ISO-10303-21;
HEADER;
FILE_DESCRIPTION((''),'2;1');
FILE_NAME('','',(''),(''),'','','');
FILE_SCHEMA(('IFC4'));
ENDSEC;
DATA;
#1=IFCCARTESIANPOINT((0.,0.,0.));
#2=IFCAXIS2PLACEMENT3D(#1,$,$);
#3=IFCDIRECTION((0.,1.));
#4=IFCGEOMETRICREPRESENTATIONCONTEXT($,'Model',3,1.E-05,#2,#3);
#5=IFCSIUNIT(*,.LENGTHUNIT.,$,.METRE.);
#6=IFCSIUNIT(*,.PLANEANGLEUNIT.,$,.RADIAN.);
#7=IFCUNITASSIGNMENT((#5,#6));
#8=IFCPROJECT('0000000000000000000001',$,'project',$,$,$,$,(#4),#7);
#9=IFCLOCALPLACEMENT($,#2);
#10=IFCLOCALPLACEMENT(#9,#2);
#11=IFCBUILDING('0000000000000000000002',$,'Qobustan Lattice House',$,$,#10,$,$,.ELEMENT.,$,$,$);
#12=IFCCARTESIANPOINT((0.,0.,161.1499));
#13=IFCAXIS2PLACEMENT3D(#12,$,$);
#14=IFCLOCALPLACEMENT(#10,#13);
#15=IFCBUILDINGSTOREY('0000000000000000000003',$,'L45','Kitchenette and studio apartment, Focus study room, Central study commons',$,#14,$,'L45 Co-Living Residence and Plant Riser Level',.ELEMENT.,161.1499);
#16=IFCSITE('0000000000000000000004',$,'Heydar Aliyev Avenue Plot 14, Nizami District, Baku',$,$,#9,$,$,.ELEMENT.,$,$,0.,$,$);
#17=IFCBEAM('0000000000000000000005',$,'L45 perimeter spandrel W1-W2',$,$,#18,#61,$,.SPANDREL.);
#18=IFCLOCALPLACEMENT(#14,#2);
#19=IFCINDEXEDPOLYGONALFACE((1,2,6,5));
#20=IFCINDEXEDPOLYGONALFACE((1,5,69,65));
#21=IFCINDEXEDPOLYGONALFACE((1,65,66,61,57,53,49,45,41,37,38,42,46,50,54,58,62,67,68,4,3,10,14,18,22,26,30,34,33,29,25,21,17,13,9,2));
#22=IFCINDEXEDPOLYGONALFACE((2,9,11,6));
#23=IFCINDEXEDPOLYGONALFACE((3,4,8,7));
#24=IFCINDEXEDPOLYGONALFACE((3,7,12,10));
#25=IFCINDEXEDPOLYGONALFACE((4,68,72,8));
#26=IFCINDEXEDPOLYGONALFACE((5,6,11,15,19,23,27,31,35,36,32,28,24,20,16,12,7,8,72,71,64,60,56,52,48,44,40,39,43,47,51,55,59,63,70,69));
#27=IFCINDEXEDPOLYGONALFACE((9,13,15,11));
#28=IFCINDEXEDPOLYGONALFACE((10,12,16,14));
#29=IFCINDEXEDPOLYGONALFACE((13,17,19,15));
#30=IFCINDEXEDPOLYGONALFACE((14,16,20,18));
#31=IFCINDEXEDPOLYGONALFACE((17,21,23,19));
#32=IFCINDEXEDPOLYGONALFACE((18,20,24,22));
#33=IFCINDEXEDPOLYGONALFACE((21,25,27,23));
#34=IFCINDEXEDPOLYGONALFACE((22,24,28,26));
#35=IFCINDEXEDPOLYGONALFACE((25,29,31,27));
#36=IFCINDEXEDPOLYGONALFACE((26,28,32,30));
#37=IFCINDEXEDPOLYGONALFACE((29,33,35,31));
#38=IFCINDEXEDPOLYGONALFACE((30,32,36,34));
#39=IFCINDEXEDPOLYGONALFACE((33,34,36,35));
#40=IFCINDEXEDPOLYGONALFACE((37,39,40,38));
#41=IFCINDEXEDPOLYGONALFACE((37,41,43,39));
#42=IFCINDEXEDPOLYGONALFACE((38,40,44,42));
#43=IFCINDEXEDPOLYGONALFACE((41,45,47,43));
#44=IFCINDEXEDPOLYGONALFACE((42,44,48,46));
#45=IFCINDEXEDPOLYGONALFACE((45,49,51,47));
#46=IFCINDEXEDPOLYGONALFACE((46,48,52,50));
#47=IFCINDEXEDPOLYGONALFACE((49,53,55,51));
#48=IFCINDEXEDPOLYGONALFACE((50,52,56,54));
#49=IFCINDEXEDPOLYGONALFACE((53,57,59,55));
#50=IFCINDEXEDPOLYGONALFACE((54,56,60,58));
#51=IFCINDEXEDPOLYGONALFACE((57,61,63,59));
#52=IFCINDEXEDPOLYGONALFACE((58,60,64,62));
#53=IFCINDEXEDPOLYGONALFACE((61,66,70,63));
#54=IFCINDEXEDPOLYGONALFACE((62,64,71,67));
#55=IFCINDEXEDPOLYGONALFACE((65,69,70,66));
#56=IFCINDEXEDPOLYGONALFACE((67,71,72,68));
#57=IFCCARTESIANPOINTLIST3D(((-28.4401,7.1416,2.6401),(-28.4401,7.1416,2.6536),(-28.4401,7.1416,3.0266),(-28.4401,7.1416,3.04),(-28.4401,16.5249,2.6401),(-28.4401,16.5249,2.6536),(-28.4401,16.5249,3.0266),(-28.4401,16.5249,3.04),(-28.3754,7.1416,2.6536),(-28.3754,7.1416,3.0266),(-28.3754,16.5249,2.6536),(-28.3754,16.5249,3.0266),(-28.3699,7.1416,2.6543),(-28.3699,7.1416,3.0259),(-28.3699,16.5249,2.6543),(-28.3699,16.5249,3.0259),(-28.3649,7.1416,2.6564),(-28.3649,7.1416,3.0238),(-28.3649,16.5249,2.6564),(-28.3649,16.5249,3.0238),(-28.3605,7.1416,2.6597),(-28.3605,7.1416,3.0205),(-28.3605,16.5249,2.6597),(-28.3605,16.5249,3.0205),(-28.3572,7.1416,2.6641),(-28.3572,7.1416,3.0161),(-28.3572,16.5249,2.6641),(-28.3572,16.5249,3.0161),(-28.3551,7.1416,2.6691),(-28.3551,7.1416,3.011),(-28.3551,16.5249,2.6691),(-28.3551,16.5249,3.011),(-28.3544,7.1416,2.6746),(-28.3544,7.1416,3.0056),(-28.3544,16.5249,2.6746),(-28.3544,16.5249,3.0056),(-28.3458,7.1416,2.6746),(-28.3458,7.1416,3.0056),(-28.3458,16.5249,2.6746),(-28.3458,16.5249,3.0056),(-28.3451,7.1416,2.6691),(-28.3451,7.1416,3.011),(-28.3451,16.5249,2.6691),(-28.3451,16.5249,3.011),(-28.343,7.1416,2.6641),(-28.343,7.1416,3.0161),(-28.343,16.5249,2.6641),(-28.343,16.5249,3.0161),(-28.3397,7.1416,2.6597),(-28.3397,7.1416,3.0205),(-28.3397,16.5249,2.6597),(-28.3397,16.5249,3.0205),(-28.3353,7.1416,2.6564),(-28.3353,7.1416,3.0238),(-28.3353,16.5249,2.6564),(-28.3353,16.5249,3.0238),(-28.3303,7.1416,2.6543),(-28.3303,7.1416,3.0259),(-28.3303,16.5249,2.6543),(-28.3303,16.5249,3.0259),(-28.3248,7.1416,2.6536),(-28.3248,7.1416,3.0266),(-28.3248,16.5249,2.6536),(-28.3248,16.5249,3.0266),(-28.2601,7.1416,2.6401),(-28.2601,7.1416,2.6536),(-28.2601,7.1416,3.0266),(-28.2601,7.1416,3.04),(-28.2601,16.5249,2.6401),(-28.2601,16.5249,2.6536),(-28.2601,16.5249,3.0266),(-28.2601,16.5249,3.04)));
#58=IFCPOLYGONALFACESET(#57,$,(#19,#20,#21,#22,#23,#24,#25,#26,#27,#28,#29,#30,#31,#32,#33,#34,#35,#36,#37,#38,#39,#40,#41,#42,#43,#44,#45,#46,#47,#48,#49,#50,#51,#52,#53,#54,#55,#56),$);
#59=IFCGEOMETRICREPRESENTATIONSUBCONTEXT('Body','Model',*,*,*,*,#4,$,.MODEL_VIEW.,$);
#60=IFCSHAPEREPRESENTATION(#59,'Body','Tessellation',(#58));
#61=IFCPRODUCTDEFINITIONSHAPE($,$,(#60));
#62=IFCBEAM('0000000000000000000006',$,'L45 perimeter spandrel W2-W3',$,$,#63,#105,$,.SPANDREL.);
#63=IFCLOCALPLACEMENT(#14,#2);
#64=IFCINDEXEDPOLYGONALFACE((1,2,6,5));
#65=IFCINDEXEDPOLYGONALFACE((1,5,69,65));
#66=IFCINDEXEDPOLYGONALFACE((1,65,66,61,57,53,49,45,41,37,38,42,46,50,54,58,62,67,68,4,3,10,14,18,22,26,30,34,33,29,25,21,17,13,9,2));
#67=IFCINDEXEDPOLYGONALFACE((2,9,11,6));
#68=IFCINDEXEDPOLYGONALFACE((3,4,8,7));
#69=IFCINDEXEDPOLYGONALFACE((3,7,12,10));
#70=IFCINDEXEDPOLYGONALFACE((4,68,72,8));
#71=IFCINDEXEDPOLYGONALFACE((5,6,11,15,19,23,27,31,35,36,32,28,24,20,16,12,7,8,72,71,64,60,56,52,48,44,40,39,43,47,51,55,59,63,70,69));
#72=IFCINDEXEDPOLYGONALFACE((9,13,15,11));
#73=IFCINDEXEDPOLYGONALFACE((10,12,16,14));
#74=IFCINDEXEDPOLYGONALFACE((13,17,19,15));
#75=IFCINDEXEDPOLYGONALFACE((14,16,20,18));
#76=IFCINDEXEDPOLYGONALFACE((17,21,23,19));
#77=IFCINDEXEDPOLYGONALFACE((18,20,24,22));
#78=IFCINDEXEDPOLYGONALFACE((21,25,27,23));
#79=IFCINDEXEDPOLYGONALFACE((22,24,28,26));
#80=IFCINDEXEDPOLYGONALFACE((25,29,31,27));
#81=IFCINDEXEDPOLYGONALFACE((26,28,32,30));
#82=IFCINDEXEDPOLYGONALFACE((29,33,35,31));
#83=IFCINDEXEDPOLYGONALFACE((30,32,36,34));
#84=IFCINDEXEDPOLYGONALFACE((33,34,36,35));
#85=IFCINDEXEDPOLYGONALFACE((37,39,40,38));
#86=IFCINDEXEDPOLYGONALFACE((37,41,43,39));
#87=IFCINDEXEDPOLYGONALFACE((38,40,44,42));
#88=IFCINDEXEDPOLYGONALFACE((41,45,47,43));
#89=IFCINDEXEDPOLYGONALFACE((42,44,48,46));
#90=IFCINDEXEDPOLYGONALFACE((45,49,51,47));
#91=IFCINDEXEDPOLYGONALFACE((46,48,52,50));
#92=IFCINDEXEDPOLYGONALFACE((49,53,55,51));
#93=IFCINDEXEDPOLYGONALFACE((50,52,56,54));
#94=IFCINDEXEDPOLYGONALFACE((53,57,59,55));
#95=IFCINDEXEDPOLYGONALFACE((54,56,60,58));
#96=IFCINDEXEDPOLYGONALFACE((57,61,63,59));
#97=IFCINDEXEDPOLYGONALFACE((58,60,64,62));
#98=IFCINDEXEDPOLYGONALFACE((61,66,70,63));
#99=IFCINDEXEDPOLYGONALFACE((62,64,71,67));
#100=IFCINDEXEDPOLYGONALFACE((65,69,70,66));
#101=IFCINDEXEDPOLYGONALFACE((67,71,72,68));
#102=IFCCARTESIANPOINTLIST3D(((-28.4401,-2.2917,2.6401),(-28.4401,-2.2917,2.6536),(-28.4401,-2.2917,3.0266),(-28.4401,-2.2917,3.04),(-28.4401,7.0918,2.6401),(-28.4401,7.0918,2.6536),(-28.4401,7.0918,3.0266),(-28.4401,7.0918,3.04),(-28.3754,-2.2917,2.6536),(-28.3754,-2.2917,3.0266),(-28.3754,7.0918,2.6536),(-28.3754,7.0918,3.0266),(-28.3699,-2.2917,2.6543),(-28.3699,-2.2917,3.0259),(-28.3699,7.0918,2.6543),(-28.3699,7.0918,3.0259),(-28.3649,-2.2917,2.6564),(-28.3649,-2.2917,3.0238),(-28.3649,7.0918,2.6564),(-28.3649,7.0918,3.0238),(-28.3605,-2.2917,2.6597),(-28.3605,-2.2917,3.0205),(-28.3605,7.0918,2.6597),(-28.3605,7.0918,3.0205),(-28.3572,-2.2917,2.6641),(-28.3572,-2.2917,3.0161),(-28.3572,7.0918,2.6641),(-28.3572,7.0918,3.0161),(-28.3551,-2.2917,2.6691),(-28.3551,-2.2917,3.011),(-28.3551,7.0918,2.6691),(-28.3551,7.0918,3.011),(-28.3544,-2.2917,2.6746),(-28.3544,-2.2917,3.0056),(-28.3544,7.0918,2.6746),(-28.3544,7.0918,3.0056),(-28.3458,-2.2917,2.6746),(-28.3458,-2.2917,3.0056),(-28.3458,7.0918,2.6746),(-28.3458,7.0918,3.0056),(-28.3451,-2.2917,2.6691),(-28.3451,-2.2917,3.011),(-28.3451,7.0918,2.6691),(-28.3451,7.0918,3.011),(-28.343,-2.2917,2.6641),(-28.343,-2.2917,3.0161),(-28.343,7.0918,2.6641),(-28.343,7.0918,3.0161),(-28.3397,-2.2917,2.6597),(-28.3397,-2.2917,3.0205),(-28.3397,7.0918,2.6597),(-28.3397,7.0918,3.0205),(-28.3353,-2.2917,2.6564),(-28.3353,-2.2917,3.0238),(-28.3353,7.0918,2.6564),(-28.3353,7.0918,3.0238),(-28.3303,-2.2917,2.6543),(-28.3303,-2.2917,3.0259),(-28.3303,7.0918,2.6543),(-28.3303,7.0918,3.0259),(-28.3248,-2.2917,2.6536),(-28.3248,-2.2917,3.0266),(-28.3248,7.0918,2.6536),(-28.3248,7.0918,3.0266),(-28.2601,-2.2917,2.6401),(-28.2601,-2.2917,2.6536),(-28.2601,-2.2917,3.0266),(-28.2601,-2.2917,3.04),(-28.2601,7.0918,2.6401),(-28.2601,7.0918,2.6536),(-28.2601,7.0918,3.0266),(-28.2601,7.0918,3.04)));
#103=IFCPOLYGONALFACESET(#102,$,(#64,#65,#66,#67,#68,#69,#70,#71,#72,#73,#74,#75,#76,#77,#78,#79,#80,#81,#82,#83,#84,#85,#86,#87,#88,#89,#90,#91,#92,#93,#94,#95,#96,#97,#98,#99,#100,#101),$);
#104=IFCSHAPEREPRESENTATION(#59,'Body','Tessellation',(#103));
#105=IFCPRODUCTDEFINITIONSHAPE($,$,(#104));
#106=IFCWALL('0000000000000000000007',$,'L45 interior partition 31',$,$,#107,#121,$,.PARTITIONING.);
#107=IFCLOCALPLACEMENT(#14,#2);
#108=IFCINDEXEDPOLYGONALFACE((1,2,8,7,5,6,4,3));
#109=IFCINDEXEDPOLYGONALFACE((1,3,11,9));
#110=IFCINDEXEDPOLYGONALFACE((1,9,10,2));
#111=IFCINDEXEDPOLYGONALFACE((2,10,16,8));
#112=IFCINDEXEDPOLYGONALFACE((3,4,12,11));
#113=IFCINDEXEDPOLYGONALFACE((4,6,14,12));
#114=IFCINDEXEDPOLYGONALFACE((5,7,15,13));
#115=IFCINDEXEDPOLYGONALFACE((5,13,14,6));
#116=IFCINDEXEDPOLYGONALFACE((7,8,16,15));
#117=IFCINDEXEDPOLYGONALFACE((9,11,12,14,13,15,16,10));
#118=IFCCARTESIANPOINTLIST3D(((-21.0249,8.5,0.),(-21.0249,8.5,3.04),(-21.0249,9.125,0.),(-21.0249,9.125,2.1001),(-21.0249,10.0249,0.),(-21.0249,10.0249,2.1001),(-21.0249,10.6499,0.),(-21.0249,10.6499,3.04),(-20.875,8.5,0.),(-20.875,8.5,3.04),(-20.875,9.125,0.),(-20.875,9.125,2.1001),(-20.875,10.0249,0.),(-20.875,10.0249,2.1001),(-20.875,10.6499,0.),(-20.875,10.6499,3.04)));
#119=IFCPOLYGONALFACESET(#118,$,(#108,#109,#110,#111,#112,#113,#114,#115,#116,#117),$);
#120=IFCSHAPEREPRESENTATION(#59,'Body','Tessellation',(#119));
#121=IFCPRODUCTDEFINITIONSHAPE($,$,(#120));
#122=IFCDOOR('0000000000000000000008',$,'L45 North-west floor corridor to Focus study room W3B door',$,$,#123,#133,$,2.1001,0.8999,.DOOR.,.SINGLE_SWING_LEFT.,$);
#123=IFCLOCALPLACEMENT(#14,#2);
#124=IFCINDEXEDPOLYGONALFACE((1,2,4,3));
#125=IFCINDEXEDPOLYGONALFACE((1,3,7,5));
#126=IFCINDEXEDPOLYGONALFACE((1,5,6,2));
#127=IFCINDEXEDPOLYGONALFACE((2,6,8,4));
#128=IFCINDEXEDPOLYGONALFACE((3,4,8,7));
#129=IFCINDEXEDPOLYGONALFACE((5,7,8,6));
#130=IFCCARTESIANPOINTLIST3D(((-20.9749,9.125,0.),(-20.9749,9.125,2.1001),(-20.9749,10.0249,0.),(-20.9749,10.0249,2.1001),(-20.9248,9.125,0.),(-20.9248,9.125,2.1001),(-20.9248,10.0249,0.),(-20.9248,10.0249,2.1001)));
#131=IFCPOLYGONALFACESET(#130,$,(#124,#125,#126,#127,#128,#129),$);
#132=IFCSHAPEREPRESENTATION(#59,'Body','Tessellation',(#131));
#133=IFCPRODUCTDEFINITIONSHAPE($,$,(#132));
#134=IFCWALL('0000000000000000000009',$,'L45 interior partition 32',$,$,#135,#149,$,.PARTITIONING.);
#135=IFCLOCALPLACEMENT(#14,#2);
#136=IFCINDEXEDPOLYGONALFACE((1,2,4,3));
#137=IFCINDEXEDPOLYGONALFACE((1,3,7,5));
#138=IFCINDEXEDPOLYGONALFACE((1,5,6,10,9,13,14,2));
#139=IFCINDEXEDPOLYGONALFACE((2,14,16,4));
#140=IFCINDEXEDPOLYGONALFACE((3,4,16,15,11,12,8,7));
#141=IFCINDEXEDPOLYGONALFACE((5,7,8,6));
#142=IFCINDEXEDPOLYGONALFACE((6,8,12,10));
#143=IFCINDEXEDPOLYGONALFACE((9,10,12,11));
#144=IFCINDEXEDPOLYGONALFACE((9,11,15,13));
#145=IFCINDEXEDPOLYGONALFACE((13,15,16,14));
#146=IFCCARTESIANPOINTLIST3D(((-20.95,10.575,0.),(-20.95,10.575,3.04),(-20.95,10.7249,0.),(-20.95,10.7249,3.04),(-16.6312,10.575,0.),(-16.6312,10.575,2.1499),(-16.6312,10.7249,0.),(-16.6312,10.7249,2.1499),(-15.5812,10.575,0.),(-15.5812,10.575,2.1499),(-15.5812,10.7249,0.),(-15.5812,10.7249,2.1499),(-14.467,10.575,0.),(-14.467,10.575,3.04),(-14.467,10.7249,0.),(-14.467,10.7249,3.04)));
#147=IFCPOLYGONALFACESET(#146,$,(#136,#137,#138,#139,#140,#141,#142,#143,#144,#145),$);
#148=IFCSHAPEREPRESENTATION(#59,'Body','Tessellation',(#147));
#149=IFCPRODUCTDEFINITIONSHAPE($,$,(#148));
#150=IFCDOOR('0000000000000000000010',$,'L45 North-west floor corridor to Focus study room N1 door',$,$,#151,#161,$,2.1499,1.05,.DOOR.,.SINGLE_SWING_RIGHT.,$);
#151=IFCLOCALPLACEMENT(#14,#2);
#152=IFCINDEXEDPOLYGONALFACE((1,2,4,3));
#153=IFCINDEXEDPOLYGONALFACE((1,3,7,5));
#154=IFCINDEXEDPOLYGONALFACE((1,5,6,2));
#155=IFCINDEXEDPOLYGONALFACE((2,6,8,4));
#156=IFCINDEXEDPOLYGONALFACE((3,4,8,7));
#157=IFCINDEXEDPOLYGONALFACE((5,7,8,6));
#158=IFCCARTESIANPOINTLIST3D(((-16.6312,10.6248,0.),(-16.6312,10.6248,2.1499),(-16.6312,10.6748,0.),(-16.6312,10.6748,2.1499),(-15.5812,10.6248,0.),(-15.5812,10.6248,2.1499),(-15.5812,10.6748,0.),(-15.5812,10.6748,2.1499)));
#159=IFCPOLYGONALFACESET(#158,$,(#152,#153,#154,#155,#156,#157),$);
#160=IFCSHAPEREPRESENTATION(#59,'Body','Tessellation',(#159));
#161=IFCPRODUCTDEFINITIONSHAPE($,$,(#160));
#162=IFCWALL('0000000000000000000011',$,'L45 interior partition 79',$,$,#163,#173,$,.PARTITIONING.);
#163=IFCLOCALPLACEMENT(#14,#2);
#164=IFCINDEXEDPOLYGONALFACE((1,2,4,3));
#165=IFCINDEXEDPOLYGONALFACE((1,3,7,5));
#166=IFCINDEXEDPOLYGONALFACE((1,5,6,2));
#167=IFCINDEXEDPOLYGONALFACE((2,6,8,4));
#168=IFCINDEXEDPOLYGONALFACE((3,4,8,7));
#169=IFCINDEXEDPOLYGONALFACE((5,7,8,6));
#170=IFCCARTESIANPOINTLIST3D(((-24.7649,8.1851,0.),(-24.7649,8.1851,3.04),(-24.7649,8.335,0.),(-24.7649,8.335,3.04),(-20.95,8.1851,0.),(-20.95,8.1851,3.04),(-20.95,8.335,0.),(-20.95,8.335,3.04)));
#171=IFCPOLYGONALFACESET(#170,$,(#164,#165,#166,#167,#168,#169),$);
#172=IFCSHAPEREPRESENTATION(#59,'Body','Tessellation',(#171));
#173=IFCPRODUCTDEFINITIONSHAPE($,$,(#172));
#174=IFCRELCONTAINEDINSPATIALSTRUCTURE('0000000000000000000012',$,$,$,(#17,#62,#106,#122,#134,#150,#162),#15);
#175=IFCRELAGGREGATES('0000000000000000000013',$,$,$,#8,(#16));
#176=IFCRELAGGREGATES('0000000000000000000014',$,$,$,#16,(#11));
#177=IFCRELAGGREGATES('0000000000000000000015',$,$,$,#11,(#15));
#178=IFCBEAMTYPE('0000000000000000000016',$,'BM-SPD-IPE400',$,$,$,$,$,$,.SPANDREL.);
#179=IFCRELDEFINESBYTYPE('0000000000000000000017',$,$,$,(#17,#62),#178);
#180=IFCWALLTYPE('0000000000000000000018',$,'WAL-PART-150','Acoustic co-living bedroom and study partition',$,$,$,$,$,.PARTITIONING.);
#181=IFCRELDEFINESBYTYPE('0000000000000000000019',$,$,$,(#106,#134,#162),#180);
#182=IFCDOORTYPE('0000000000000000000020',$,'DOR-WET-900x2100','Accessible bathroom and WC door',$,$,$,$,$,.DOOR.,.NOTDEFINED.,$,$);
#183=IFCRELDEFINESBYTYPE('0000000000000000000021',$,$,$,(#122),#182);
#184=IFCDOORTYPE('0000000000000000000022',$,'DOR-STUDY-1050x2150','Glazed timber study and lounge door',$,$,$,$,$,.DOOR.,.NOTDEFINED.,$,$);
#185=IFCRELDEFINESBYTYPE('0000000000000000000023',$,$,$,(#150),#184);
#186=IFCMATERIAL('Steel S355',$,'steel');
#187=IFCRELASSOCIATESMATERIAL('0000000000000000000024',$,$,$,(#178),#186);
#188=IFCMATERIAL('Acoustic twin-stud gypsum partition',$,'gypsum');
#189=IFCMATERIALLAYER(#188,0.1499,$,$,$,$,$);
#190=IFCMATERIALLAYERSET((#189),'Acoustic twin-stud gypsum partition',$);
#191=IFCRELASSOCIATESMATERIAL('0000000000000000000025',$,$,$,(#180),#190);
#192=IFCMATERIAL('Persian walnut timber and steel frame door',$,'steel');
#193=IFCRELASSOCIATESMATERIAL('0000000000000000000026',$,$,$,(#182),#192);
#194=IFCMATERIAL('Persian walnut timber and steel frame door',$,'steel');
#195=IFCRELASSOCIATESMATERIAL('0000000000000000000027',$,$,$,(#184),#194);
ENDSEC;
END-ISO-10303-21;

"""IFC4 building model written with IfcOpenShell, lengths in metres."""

from ifc_helpers import new_model, si_unit, direction, frame, frame_2d, origin, origin_2d, place, context, subcontext, project, spatial, rectangle, i_section, extrude, material, layer, layer_set, material_profile, profile_set, type_object, element, fill, save


model = new_model("IFC4")

# Units and contexts
model_context = context("Model", 3, precision=1e-05, world=origin(), true_north=direction((0.0, 1.0)))
body_context = subcontext(model_context, "Body", "Model", "MODEL_VIEW")
ifc_project = project(units=[si_unit("LENGTHUNIT", "METRE"), si_unit("PLANEANGLEUNIT", "RADIAN")], contexts=[model_context])

# Site, building, storey
site_placement = place(None, origin())
site = spatial("IfcSite", under=ifc_project, at=site_placement, Name="Heydar Aliyev Avenue Plot 14, Nizami District, Baku", CompositionType="ELEMENT", RefElevation=0.0)
building_placement = place(site_placement, origin())
building = spatial("IfcBuilding", under=site, at=building_placement, Name="Qobustan Lattice House", CompositionType="ELEMENT")
storey_placement = place(building_placement, frame((0.0, 0.0, 161.1499)))
storey = spatial("IfcBuildingStorey", under=building, at=storey_placement, Name="L45", Description="Kitchenette and studio apartment, Focus study room, Central study commons", LongName="L45 Co-Living Residence and Plant Riser Level", CompositionType="ELEMENT", Elevation=161.1499)

# Beams
ifc_material_1 = material(Name="Steel S355", Category="steel")
ifc_material_profile_1 = material_profile(ifc_material_1, i_section(OverallWidth=0.1799, OverallDepth=0.3999, WebThickness=0.0085, FlangeThickness=0.0134, FilletRadius=0.021, at=origin_2d()), Name="IPE400")
ifc_profile_set_1 = profile_set([ifc_material_profile_1], Name="Steel S355")
beam_type_1 = type_object("IfcBeamType", Name="BM-SPD-IPE400", PredefinedType="SPANDREL", material=ifc_profile_set_1)
beam_1_placement = place(storey_placement, frame((-28.3501, 16.5249, 2.8401), z_axis=(0.0, -1.0, 0.0), x_axis=(1.0, 0.0, 0.0)))
element("IfcBeam", 1, at=beam_1_placement, inside=storey, type_object=beam_type_1, Name="L45 perimeter spandrel W1-W2", PredefinedType="SPANDREL", context=body_context, shape_type="SweptSolid", body=[
    extrude(i_section(OverallWidth=0.1799, OverallDepth=0.3999, WebThickness=0.0085, FlangeThickness=0.0134, FilletRadius=0.021, at=origin_2d()), origin(), (0.0, 0.0, 1.0), 9.3833),
])
beam_2_placement = place(storey_placement, frame((-28.3501, 7.0918, 2.8401), z_axis=(0.0, -1.0, 0.0), x_axis=(1.0, 0.0, 0.0)))
element("IfcBeam", 2, at=beam_2_placement, inside=storey, type_object=beam_type_1, Name="L45 perimeter spandrel W2-W3", PredefinedType="SPANDREL", context=body_context, shape_type="SweptSolid", body=[
    extrude(i_section(OverallWidth=0.1799, OverallDepth=0.3999, WebThickness=0.0085, FlangeThickness=0.0134, FilletRadius=0.021, at=origin_2d()), origin(), (0.0, 0.0, 1.0), 9.3835),
])

# Walls, openings, doors
ifc_material_2 = material(Name="Acoustic twin-stud gypsum partition", Category="gypsum")
ifc_layer_1 = layer(ifc_material_2, 0.1499)
ifc_layer_set_1 = layer_set([ifc_layer_1], Name="Acoustic twin-stud gypsum partition")
wall_type_1 = type_object("IfcWallType", Name="WAL-PART-150", Description="Acoustic co-living bedroom and study partition", PredefinedType="PARTITIONING", material=ifc_layer_set_1)
wall_1_placement = place(storey_placement, frame((-20.95, 8.5, 0.0), z_axis=(0.0, 0.0, 1.0), x_axis=(0.0, 1.0, 0.0)))
wall_1 = element("IfcWall", 3, at=wall_1_placement, inside=storey, type_object=wall_type_1, Name="L45 interior partition 31", PredefinedType="PARTITIONING", context=body_context, shape_type="SweptSolid", body=[
    extrude(rectangle(XDim=2.1499, YDim=0.1499, at=frame_2d((1.075, 0.0))), origin(), (0.0, 0.0, 1.0), 3.04),
])
opening_1_placement = place(wall_1_placement, frame((0.625, 0.0, 0.0)))
opening_1 = element("IfcOpeningElement", 4, at=opening_1_placement, cuts=wall_1, PredefinedType="OPENING", context=body_context, shape_type="SweptSolid", body=[
    extrude(rectangle(XDim=0.8999, YDim=2.1001, at=frame_2d((0.45, 1.05))), frame((0.0, 0.085, 0.0), z_axis=(0.0, -1.0, 0.0), x_axis=(1.0, 0.0, 0.0)), (0.0, 0.0, 1.0), 0.1699),
])
ifc_material_3 = material(Name="Persian walnut timber and steel frame door", Category="steel")
door_type_1 = type_object("IfcDoorType", Name="DOR-WET-900x2100", Description="Accessible bathroom and WC door", OperationType="NOTDEFINED", PredefinedType="DOOR", material=ifc_material_3)
door_1_placement = place(opening_1_placement, origin())
door_1 = element("IfcDoor", 5, at=door_1_placement, inside=storey, type_object=door_type_1, Name="L45 North-west floor corridor to Focus study room W3B door", OperationType="SINGLE_SWING_LEFT", OverallHeight=2.1001, OverallWidth=0.8999, PredefinedType="DOOR", context=body_context, shape_type="SweptSolid", body=[
    extrude(rectangle(XDim=0.8999, YDim=2.1001, at=frame_2d((0.45, 1.05))), frame((0.0, 0.0249, 0.0), z_axis=(0.0, -1.0, 0.0), x_axis=(1.0, 0.0, 0.0)), (0.0, 0.0, 1.0), 0.05),
])
fill(opening_1, door_1)
wall_2_placement = place(storey_placement, frame((-20.95, 10.6499, 0.0), z_axis=(0.0, 0.0, 1.0), x_axis=(1.0, 0.0, 0.0)))
wall_2 = element("IfcWall", 6, at=wall_2_placement, inside=storey, type_object=wall_type_1, Name="L45 interior partition 32", PredefinedType="PARTITIONING", context=body_context, shape_type="SweptSolid", body=[
    extrude(rectangle(XDim=6.4829, YDim=0.1499, at=frame_2d((3.2415, 0.0))), origin(), (0.0, 0.0, 1.0), 3.04),
])
opening_2_placement = place(wall_2_placement, frame((4.3188, 0.0, 0.0)))
opening_2 = element("IfcOpeningElement", 7, at=opening_2_placement, cuts=wall_2, PredefinedType="OPENING", context=body_context, shape_type="SweptSolid", body=[
    extrude(rectangle(XDim=1.05, YDim=2.1499, at=frame_2d((0.5249, 1.075))), frame((0.0, 0.085, 0.0), z_axis=(0.0, -1.0, 0.0), x_axis=(1.0, 0.0, 0.0)), (0.0, 0.0, 1.0), 0.1699),
])
ifc_material_4 = material(Name="Persian walnut timber and steel frame door", Category="steel")
door_type_2 = type_object("IfcDoorType", Name="DOR-STUDY-1050x2150", Description="Glazed timber study and lounge door", OperationType="NOTDEFINED", PredefinedType="DOOR", material=ifc_material_4)
door_2_placement = place(opening_2_placement, origin())
door_2 = element("IfcDoor", 8, at=door_2_placement, inside=storey, type_object=door_type_2, Name="L45 North-west floor corridor to Focus study room N1 door", OperationType="SINGLE_SWING_RIGHT", OverallHeight=2.1499, OverallWidth=1.05, PredefinedType="DOOR", context=body_context, shape_type="SweptSolid", body=[
    extrude(rectangle(XDim=1.05, YDim=2.1499, at=frame_2d((0.5249, 1.075))), frame((0.0, 0.0249, 0.0), z_axis=(0.0, -1.0, 0.0), x_axis=(1.0, 0.0, 0.0)), (0.0, 0.0, 1.0), 0.05),
])
fill(opening_2, door_2)

# Wall
wall_3_placement = place(storey_placement, frame((-24.7649, 8.26, 0.0), z_axis=(0.0, 0.0, 1.0), x_axis=(1.0, 0.0, 0.0)))
element("IfcWall", 9, at=wall_3_placement, inside=storey, type_object=wall_type_1, Name="L45 interior partition 79", PredefinedType="PARTITIONING", context=body_context, shape_type="SweptSolid", body=[
    extrude(rectangle(XDim=3.8149, YDim=0.1499, at=frame_2d((1.9075, 0.0))), origin(), (0.0, 0.0, 1.0), 3.04),
])

save(model, "model.ifc")
